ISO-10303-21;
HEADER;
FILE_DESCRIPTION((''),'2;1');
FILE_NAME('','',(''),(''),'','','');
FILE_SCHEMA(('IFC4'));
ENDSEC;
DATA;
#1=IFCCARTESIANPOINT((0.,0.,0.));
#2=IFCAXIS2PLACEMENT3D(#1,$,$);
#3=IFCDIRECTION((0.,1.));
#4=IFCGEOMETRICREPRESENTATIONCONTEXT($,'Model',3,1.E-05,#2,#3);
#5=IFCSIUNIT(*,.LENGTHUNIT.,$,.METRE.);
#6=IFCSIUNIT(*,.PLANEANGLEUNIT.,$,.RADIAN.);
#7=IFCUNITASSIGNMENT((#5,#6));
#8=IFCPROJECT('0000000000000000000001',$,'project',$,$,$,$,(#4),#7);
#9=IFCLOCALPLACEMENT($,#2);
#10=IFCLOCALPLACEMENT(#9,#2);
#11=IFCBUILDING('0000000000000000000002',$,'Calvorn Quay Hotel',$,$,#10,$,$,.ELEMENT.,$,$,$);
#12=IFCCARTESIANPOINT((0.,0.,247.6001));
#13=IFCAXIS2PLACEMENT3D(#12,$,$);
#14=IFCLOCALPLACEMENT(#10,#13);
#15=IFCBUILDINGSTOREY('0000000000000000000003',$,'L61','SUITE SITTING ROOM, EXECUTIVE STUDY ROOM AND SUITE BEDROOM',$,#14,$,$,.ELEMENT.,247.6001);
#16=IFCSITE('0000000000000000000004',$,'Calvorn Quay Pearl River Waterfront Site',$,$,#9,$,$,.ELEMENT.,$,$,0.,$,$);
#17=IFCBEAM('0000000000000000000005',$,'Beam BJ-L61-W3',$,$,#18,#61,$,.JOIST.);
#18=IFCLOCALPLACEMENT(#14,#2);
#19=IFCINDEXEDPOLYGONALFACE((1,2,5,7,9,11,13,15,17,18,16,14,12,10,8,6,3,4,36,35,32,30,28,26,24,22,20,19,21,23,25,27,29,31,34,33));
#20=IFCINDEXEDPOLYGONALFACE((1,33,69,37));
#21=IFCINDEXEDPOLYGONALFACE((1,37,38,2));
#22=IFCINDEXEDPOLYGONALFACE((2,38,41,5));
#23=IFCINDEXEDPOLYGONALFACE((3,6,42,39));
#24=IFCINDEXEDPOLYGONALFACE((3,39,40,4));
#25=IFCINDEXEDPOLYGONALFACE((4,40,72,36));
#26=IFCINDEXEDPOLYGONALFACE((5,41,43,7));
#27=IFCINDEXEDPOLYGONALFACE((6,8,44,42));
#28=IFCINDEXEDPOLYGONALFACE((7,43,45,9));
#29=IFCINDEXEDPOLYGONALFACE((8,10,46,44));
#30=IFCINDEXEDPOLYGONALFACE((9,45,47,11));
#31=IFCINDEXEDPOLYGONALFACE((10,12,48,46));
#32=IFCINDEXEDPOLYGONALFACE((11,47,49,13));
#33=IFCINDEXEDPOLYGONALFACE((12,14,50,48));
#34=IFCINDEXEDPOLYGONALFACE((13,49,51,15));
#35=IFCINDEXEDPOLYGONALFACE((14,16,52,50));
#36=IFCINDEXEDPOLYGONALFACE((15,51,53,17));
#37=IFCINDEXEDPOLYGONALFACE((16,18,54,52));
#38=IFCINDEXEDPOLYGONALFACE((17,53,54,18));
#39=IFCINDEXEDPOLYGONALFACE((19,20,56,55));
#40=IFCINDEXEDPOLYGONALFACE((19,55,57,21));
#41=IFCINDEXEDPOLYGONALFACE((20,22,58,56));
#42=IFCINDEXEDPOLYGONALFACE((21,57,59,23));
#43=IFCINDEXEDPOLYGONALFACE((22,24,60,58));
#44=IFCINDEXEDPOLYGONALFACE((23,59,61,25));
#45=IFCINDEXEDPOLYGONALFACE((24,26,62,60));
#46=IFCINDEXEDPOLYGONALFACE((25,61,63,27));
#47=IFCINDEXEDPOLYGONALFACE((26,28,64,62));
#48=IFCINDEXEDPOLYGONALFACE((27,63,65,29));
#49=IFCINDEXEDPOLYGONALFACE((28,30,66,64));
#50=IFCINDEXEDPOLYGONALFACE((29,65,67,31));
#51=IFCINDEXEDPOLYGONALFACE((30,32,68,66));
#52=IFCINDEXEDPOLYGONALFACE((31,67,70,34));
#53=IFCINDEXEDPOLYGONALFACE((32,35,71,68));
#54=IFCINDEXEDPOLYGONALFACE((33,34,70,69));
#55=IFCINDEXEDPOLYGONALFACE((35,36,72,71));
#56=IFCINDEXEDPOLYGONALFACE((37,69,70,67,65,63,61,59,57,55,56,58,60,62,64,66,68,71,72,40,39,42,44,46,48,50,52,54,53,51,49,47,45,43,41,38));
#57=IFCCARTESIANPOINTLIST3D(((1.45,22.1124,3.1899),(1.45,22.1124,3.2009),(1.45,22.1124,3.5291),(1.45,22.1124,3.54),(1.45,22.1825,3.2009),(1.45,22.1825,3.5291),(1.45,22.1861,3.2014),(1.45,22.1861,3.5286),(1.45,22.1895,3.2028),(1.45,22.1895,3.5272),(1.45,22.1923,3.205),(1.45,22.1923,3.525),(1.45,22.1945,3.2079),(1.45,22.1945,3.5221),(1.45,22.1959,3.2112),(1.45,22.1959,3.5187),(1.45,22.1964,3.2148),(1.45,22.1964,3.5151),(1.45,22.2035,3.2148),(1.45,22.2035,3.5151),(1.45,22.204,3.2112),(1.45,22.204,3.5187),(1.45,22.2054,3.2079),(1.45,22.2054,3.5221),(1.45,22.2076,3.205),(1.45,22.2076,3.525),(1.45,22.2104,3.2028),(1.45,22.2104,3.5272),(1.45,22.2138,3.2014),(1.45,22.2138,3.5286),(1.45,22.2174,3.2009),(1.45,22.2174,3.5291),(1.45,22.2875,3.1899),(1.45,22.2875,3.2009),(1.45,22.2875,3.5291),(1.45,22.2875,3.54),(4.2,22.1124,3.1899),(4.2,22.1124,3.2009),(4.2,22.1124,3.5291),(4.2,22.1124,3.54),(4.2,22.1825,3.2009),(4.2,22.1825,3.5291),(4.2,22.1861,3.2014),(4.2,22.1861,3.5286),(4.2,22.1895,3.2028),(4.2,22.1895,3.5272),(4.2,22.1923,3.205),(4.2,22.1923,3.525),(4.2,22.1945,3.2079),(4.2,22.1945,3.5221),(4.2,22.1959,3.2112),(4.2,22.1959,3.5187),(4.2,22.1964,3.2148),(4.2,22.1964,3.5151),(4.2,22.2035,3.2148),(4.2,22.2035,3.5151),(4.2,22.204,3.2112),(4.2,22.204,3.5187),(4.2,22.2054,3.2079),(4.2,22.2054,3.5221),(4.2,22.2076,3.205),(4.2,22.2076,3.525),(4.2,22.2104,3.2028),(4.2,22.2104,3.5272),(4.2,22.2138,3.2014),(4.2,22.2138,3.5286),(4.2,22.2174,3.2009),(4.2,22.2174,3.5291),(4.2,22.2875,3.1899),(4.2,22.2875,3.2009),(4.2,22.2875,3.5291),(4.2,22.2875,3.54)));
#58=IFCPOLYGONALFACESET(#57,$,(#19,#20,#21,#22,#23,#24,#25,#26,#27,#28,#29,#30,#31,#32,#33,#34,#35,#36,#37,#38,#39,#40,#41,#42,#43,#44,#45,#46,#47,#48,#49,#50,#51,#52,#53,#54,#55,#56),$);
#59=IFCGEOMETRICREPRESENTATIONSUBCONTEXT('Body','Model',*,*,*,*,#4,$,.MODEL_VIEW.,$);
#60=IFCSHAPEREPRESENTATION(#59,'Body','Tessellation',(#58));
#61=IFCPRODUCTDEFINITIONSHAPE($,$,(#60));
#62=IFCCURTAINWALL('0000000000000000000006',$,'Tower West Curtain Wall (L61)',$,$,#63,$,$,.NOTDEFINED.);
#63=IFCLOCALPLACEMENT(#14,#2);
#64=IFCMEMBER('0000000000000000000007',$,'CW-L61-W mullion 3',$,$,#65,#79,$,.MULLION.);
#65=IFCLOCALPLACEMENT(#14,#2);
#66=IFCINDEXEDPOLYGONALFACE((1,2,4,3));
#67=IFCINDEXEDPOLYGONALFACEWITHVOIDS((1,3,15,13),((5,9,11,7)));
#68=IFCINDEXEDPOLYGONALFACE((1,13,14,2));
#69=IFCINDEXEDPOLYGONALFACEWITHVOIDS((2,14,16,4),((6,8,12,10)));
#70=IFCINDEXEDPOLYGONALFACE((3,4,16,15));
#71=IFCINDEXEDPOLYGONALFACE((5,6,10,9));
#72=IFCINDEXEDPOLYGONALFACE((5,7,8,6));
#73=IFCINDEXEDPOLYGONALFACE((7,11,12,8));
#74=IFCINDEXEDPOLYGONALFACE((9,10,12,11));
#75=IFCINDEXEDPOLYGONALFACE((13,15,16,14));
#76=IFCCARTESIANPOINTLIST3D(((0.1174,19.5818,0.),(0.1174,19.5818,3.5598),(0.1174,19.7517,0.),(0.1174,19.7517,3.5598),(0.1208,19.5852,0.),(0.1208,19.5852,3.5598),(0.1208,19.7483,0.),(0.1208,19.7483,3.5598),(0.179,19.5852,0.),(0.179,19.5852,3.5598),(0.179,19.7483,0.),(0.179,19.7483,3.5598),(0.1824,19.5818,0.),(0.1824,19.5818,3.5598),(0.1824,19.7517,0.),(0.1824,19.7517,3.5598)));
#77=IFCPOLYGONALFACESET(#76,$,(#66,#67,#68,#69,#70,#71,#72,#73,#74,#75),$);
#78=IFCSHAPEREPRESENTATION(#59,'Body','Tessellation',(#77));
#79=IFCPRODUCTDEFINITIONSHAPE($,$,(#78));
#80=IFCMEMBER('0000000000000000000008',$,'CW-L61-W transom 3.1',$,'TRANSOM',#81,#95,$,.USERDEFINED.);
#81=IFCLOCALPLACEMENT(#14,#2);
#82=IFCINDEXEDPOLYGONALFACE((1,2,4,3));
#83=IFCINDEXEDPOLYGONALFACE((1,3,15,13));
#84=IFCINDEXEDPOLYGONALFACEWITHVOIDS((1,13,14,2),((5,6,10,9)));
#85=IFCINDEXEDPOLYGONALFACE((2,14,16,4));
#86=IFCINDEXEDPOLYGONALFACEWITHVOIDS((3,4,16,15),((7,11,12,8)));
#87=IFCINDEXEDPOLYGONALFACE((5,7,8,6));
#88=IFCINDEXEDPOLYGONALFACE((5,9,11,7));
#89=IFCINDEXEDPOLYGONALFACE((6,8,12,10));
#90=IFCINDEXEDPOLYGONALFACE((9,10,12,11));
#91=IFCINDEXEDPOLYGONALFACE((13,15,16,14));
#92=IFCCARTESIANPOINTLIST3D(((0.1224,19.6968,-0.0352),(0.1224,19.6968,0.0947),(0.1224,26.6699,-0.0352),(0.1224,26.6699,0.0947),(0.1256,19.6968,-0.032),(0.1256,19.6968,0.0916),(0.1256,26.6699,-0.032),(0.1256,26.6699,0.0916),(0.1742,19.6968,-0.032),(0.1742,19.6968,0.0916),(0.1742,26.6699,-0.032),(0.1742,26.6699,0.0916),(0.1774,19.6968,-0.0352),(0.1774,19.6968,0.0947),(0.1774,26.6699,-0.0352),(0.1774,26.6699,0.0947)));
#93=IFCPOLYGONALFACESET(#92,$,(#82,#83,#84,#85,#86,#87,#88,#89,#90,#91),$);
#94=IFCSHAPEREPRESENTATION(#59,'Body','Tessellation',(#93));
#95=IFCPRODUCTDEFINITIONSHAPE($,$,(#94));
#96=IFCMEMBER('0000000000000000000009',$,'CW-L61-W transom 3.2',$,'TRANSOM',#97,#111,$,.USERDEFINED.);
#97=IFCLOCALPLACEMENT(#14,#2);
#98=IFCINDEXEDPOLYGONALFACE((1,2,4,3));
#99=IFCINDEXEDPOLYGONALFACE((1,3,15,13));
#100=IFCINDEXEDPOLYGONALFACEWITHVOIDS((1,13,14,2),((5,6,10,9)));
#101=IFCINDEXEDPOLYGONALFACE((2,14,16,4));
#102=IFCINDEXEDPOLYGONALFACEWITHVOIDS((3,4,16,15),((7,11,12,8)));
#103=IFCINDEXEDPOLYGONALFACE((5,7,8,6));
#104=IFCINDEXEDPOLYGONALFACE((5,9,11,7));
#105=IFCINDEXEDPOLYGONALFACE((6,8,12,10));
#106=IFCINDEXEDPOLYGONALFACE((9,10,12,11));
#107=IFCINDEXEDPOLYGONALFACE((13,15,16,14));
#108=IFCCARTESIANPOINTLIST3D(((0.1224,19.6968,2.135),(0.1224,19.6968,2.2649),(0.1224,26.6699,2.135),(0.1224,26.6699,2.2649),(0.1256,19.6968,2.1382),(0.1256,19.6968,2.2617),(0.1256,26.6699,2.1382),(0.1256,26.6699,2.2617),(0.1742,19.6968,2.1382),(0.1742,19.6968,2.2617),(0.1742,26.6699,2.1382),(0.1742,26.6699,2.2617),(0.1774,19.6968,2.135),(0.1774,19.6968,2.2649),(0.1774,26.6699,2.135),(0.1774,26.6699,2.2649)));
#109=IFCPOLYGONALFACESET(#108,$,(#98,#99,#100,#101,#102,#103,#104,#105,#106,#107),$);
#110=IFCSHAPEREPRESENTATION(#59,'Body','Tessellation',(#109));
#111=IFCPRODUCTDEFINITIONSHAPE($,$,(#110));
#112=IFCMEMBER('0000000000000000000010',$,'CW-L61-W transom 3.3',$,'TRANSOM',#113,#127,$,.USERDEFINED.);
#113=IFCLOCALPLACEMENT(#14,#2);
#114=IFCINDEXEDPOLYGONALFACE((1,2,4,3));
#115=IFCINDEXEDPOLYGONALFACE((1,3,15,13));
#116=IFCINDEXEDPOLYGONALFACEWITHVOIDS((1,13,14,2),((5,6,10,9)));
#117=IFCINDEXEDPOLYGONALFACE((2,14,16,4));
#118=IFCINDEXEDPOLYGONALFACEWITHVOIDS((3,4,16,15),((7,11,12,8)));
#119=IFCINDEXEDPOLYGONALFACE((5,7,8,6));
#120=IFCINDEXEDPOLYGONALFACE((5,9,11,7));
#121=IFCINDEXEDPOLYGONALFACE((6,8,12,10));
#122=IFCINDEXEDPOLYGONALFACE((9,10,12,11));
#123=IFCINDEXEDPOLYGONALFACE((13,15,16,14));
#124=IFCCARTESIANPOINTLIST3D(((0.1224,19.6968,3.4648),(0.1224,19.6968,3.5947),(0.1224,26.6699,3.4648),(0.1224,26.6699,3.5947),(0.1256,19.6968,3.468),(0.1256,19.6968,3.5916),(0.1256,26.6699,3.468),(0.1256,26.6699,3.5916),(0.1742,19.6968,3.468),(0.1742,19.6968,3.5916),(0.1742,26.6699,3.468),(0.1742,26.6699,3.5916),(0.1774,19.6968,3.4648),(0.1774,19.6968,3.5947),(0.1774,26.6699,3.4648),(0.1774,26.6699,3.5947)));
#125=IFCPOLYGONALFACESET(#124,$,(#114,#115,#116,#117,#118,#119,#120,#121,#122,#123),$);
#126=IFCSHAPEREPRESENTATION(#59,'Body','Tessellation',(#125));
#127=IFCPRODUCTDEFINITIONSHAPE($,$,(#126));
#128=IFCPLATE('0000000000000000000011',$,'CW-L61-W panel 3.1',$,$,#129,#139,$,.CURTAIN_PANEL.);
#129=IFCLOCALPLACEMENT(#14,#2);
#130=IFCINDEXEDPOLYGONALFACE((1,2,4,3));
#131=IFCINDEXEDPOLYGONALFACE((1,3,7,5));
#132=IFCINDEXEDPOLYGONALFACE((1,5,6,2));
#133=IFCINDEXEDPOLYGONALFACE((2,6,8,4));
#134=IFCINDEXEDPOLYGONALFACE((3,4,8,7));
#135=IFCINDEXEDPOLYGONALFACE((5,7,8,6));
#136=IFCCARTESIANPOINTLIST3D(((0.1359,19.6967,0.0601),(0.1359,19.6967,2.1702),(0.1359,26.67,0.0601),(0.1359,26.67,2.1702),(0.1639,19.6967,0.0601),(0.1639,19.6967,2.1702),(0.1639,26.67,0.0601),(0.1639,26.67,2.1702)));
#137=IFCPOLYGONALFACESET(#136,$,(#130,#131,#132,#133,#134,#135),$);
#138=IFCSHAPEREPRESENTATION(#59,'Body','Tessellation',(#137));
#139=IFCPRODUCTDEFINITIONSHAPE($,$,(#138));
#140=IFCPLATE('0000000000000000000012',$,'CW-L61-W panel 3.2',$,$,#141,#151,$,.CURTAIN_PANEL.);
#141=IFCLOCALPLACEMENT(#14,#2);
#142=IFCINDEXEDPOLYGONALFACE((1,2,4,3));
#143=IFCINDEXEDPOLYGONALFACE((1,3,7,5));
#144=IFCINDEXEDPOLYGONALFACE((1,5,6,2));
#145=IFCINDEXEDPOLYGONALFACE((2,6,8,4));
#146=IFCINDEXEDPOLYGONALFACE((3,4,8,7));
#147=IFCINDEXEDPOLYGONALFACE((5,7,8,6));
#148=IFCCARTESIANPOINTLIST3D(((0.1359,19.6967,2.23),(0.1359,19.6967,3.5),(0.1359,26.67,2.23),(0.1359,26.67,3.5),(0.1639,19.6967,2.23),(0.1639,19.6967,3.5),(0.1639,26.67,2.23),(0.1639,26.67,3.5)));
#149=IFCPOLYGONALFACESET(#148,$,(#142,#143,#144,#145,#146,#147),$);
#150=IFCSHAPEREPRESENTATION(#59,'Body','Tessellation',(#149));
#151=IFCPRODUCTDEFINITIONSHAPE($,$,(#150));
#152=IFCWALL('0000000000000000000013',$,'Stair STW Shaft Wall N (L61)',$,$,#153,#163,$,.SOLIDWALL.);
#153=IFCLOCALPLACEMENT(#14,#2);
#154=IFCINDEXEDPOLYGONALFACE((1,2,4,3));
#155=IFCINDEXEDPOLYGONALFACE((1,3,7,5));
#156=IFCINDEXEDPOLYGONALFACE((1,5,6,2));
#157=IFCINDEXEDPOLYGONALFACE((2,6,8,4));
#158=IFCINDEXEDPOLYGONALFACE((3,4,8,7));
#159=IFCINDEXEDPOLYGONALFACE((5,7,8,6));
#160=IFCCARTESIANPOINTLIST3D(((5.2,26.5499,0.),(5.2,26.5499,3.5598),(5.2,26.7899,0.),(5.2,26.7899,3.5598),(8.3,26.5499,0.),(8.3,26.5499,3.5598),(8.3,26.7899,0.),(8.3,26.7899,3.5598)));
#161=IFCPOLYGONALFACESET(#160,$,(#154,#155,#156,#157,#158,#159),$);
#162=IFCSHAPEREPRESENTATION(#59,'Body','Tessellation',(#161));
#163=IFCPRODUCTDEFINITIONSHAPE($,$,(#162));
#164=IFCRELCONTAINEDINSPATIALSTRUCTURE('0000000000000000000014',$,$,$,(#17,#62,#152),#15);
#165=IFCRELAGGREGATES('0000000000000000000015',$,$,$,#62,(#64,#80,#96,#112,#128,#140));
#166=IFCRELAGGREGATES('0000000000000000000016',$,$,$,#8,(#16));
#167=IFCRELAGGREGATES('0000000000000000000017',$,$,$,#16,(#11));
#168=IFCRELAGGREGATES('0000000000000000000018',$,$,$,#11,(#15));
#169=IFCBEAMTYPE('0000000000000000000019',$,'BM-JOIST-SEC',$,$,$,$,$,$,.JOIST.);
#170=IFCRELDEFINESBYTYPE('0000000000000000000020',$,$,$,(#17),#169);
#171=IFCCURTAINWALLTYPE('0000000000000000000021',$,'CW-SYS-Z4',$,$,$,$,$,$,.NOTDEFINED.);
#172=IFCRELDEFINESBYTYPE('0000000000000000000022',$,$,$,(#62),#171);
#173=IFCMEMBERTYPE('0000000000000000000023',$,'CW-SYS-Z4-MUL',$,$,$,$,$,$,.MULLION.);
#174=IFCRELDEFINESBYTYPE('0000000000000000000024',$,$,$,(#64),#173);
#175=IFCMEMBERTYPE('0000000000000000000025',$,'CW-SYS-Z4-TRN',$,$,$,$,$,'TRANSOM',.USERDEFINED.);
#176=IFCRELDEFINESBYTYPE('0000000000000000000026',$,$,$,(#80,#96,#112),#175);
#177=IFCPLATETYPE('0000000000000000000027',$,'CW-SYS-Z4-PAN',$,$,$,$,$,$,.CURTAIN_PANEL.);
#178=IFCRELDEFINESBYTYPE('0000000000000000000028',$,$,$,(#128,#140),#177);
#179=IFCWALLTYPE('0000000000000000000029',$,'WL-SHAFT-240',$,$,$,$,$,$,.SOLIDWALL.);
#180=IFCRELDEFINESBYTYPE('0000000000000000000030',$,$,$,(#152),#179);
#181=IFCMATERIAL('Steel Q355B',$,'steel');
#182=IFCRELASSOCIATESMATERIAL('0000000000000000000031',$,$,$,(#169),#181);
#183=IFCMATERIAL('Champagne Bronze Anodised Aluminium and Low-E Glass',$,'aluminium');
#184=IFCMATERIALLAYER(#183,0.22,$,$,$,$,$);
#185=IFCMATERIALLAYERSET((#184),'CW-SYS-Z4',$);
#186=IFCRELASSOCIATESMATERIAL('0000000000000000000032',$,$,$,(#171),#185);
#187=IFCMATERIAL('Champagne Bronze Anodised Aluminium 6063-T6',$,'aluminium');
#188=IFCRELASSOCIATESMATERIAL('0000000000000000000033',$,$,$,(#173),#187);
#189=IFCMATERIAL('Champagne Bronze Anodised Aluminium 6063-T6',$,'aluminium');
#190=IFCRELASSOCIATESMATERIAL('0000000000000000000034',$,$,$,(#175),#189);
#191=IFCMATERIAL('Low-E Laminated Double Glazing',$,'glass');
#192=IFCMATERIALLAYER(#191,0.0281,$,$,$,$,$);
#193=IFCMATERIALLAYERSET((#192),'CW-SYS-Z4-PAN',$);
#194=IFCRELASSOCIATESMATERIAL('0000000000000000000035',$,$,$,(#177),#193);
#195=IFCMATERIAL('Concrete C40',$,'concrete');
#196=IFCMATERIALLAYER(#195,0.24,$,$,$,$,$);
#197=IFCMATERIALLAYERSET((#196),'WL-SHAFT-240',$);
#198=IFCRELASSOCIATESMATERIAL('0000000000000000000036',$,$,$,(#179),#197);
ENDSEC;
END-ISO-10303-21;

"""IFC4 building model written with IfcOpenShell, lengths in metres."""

from ifc_helpers import new_model, si_unit, direction, frame, frame_2d, origin, origin_2d, place, context, subcontext, project, spatial, rectangle, hollow_rectangle, i_section, extrude, material, layer, layer_set, material_profile, profile_set, type_object, element, aggregate, save


model = new_model("IFC4")

# Units and contexts
model_context = context("Model", 3, precision=1e-05, world=origin(), true_north=direction((0.0, 1.0)))
body_context = subcontext(model_context, "Body", "Model", "MODEL_VIEW")
ifc_project = project(units=[si_unit("LENGTHUNIT", "METRE"), si_unit("PLANEANGLEUNIT", "RADIAN")], contexts=[model_context])

# Site, building, storey
site_placement = place(None, origin())
site = spatial("IfcSite", under=ifc_project, at=site_placement, Name="Calvorn Quay Pearl River Waterfront Site", CompositionType="ELEMENT", RefElevation=0.0)
building_placement = place(site_placement, origin())
building = spatial("IfcBuilding", under=site, at=building_placement, Name="Calvorn Quay Hotel", CompositionType="ELEMENT")
storey_placement = place(building_placement, frame((0.0, 0.0, 247.6001)))
storey = spatial("IfcBuildingStorey", under=building, at=storey_placement, Name="L61", Description="SUITE SITTING ROOM, EXECUTIVE STUDY ROOM AND SUITE BEDROOM", CompositionType="ELEMENT", Elevation=247.6001)

# Beam
ifc_material_1 = material(Name="Steel Q355B", Category="steel")
ifc_material_profile_1 = material_profile(ifc_material_1, i_section(OverallWidth=0.175, OverallDepth=0.3501, WebThickness=0.0071, FlangeThickness=0.011, FilletRadius=0.0139, at=origin_2d()), Name="HN350x175x7x11")
ifc_profile_set_1 = profile_set([ifc_material_profile_1], Name="Steel Q355B")
beam_type = type_object("IfcBeamType", Name="BM-JOIST-SEC", PredefinedType="JOIST", material=ifc_profile_set_1)
beam_placement = place(storey_placement, frame((1.45, 22.2, 3.365), z_axis=(1.0, 0.0, 0.0), x_axis=(0.0, 1.0, 0.0)))
element("IfcBeam", 1, at=beam_placement, inside=storey, type_object=beam_type, Name="Beam BJ-L61-W3", PredefinedType="JOIST", context=body_context, shape_type="SweptSolid", body=[
    extrude(i_section(OverallWidth=0.175, OverallDepth=0.3501, WebThickness=0.0071, FlangeThickness=0.011, FilletRadius=0.0139, at=origin_2d()), origin(), (0.0, 0.0, 1.0), 2.75),
])

# Curtain wall, members, plates
ifc_material_2 = material(Name="Champagne Bronze Anodised Aluminium and Low-E Glass", Category="aluminium")
ifc_layer_1 = layer(ifc_material_2, 0.22)
ifc_layer_set_1 = layer_set([ifc_layer_1], Name="CW-SYS-Z4")
curtain_wall_type = type_object("IfcCurtainWallType", Name="CW-SYS-Z4", PredefinedType="NOTDEFINED", material=ifc_layer_set_1)
curtain_wall_placement = place(storey_placement, origin())
curtain_wall = element("IfcCurtainWall", 2, at=curtain_wall_placement, inside=storey, type_object=curtain_wall_type, Name="Tower West Curtain Wall (L61)", PredefinedType="NOTDEFINED")
ifc_material_3 = material(Name="Champagne Bronze Anodised Aluminium 6063-T6", Category="aluminium")
ifc_material_profile_2 = material_profile(ifc_material_3, hollow_rectangle(XDim=0.0649, YDim=0.1699, WallThickness=0.0034, at=origin_2d()), Name="ALU-M170x65x3.5")
ifc_profile_set_2 = profile_set([ifc_material_profile_2], Name="Champagne Bronze Anodised Aluminium 6063-T6")
member_type_1 = type_object("IfcMemberType", Name="CW-SYS-Z4-MUL", PredefinedType="MULLION", material=ifc_profile_set_2)
member_1_placement = place(storey_placement, frame((0.1499, 19.6667, 0.0), z_axis=(0.0, 0.0, 1.0), x_axis=(-1.0, 0.0, 0.0)))
member_1 = element("IfcMember", 3, at=member_1_placement, type_object=member_type_1, Name="CW-L61-W mullion 3", PredefinedType="MULLION", context=body_context, shape_type="SweptSolid", body=[
    extrude(hollow_rectangle(XDim=0.0649, YDim=0.1699, WallThickness=0.0034, at=origin_2d()), origin(), (0.0, 0.0, 1.0), 3.5598),
])
ifc_material_4 = material(Name="Champagne Bronze Anodised Aluminium 6063-T6", Category="aluminium")
ifc_material_profile_3 = material_profile(ifc_material_4, hollow_rectangle(XDim=0.0549, YDim=0.1299, WallThickness=0.0032, at=origin_2d()), Name="ALU-T130x55x3.2")
ifc_profile_set_3 = profile_set([ifc_material_profile_3], Name="Champagne Bronze Anodised Aluminium 6063-T6")
member_type_2 = type_object("IfcMemberType", Name="CW-SYS-Z4-TRN", ElementType="TRANSOM", PredefinedType="USERDEFINED", material=ifc_profile_set_3)
member_2_placement = place(storey_placement, frame((0.1499, 19.6968, 0.0298), z_axis=(0.0, 1.0, 0.0), x_axis=(-1.0, 0.0, 0.0)))
member_2 = element("IfcMember", 4, at=member_2_placement, type_object=member_type_2, Name="CW-L61-W transom 3.1", ObjectType="TRANSOM", PredefinedType="USERDEFINED", context=body_context, shape_type="SweptSolid", body=[
    extrude(hollow_rectangle(XDim=0.0549, YDim=0.1299, WallThickness=0.0032, at=origin_2d()), origin(), (0.0, 0.0, 1.0), 6.9731),
])
member_3_placement = place(storey_placement, frame((0.1499, 19.6968, 2.2), z_axis=(0.0, 1.0, 0.0), x_axis=(-1.0, 0.0, 0.0)))
member_3 = element("IfcMember", 5, at=member_3_placement, type_object=member_type_2, Name="CW-L61-W transom 3.2", ObjectType="TRANSOM", PredefinedType="USERDEFINED", context=body_context, shape_type="SweptSolid", body=[
    extrude(hollow_rectangle(XDim=0.0549, YDim=0.1299, WallThickness=0.0032, at=origin_2d()), origin(), (0.0, 0.0, 1.0), 6.9731),
])
member_4_placement = place(storey_placement, frame((0.1499, 19.6968, 3.5298), z_axis=(0.0, 1.0, 0.0), x_axis=(-1.0, 0.0, 0.0)))
member_4 = element("IfcMember", 6, at=member_4_placement, type_object=member_type_2, Name="CW-L61-W transom 3.3", ObjectType="TRANSOM", PredefinedType="USERDEFINED", context=body_context, shape_type="SweptSolid", body=[
    extrude(hollow_rectangle(XDim=0.0549, YDim=0.1299, WallThickness=0.0032, at=origin_2d()), origin(), (0.0, 0.0, 1.0), 6.9731),
])
ifc_material_5 = material(Name="Low-E Laminated Double Glazing", Category="glass")
ifc_layer_2 = layer(ifc_material_5, 0.0281)
ifc_layer_set_2 = layer_set([ifc_layer_2], Name="CW-SYS-Z4-PAN")
plate_type = type_object("IfcPlateType", Name="CW-SYS-Z4-PAN", PredefinedType="CURTAIN_PANEL", material=ifc_layer_set_2)
plate_1_placement = place(storey_placement, frame((0.1499, 23.1833, 0.0601), z_axis=(0.0, 0.0, 1.0), x_axis=(0.0, 1.0, 0.0)))
plate_1 = element("IfcPlate", 7, at=plate_1_placement, type_object=plate_type, Name="CW-L61-W panel 3.1", PredefinedType="CURTAIN_PANEL", context=body_context, shape_type="SweptSolid", body=[
    extrude(rectangle(XDim=6.9734, YDim=0.0281, at=origin_2d()), origin(), (0.0, 0.0, 1.0), 2.1101),
])
plate_2_placement = place(storey_placement, frame((0.1499, 23.1833, 2.23), z_axis=(0.0, 0.0, 1.0), x_axis=(0.0, 1.0, 0.0)))
plate_2 = element("IfcPlate", 8, at=plate_2_placement, type_object=plate_type, Name="CW-L61-W panel 3.2", PredefinedType="CURTAIN_PANEL", context=body_context, shape_type="SweptSolid", body=[
    extrude(rectangle(XDim=6.9734, YDim=0.0281, at=origin_2d()), origin(), (0.0, 0.0, 1.0), 1.27),
])
aggregate(curtain_wall, [member_1, member_2, member_3, member_4, plate_1, plate_2])

# Wall
ifc_material_6 = material(Name="Concrete C40", Category="concrete")
ifc_layer_3 = layer(ifc_material_6, 0.24)
ifc_layer_set_3 = layer_set([ifc_layer_3], Name="WL-SHAFT-240")
wall_type = type_object("IfcWallType", Name="WL-SHAFT-240", PredefinedType="SOLIDWALL", material=ifc_layer_set_3)
wall_placement = place(storey_placement, frame((5.2, 26.6699, 0.0), z_axis=(0.0, 0.0, 1.0), x_axis=(1.0, 0.0, 0.0)))
element("IfcWall", 9, at=wall_placement, inside=storey, type_object=wall_type, Name="Stair STW Shaft Wall N (L61)", PredefinedType="SOLIDWALL", context=body_context, shape_type="SweptSolid", body=[
    extrude(rectangle(XDim=3.1001, YDim=0.24, at=frame_2d((1.55, 0.0))), origin(), (0.0, 0.0, 1.0), 3.5598),
])

save(model, "model.ifc")
